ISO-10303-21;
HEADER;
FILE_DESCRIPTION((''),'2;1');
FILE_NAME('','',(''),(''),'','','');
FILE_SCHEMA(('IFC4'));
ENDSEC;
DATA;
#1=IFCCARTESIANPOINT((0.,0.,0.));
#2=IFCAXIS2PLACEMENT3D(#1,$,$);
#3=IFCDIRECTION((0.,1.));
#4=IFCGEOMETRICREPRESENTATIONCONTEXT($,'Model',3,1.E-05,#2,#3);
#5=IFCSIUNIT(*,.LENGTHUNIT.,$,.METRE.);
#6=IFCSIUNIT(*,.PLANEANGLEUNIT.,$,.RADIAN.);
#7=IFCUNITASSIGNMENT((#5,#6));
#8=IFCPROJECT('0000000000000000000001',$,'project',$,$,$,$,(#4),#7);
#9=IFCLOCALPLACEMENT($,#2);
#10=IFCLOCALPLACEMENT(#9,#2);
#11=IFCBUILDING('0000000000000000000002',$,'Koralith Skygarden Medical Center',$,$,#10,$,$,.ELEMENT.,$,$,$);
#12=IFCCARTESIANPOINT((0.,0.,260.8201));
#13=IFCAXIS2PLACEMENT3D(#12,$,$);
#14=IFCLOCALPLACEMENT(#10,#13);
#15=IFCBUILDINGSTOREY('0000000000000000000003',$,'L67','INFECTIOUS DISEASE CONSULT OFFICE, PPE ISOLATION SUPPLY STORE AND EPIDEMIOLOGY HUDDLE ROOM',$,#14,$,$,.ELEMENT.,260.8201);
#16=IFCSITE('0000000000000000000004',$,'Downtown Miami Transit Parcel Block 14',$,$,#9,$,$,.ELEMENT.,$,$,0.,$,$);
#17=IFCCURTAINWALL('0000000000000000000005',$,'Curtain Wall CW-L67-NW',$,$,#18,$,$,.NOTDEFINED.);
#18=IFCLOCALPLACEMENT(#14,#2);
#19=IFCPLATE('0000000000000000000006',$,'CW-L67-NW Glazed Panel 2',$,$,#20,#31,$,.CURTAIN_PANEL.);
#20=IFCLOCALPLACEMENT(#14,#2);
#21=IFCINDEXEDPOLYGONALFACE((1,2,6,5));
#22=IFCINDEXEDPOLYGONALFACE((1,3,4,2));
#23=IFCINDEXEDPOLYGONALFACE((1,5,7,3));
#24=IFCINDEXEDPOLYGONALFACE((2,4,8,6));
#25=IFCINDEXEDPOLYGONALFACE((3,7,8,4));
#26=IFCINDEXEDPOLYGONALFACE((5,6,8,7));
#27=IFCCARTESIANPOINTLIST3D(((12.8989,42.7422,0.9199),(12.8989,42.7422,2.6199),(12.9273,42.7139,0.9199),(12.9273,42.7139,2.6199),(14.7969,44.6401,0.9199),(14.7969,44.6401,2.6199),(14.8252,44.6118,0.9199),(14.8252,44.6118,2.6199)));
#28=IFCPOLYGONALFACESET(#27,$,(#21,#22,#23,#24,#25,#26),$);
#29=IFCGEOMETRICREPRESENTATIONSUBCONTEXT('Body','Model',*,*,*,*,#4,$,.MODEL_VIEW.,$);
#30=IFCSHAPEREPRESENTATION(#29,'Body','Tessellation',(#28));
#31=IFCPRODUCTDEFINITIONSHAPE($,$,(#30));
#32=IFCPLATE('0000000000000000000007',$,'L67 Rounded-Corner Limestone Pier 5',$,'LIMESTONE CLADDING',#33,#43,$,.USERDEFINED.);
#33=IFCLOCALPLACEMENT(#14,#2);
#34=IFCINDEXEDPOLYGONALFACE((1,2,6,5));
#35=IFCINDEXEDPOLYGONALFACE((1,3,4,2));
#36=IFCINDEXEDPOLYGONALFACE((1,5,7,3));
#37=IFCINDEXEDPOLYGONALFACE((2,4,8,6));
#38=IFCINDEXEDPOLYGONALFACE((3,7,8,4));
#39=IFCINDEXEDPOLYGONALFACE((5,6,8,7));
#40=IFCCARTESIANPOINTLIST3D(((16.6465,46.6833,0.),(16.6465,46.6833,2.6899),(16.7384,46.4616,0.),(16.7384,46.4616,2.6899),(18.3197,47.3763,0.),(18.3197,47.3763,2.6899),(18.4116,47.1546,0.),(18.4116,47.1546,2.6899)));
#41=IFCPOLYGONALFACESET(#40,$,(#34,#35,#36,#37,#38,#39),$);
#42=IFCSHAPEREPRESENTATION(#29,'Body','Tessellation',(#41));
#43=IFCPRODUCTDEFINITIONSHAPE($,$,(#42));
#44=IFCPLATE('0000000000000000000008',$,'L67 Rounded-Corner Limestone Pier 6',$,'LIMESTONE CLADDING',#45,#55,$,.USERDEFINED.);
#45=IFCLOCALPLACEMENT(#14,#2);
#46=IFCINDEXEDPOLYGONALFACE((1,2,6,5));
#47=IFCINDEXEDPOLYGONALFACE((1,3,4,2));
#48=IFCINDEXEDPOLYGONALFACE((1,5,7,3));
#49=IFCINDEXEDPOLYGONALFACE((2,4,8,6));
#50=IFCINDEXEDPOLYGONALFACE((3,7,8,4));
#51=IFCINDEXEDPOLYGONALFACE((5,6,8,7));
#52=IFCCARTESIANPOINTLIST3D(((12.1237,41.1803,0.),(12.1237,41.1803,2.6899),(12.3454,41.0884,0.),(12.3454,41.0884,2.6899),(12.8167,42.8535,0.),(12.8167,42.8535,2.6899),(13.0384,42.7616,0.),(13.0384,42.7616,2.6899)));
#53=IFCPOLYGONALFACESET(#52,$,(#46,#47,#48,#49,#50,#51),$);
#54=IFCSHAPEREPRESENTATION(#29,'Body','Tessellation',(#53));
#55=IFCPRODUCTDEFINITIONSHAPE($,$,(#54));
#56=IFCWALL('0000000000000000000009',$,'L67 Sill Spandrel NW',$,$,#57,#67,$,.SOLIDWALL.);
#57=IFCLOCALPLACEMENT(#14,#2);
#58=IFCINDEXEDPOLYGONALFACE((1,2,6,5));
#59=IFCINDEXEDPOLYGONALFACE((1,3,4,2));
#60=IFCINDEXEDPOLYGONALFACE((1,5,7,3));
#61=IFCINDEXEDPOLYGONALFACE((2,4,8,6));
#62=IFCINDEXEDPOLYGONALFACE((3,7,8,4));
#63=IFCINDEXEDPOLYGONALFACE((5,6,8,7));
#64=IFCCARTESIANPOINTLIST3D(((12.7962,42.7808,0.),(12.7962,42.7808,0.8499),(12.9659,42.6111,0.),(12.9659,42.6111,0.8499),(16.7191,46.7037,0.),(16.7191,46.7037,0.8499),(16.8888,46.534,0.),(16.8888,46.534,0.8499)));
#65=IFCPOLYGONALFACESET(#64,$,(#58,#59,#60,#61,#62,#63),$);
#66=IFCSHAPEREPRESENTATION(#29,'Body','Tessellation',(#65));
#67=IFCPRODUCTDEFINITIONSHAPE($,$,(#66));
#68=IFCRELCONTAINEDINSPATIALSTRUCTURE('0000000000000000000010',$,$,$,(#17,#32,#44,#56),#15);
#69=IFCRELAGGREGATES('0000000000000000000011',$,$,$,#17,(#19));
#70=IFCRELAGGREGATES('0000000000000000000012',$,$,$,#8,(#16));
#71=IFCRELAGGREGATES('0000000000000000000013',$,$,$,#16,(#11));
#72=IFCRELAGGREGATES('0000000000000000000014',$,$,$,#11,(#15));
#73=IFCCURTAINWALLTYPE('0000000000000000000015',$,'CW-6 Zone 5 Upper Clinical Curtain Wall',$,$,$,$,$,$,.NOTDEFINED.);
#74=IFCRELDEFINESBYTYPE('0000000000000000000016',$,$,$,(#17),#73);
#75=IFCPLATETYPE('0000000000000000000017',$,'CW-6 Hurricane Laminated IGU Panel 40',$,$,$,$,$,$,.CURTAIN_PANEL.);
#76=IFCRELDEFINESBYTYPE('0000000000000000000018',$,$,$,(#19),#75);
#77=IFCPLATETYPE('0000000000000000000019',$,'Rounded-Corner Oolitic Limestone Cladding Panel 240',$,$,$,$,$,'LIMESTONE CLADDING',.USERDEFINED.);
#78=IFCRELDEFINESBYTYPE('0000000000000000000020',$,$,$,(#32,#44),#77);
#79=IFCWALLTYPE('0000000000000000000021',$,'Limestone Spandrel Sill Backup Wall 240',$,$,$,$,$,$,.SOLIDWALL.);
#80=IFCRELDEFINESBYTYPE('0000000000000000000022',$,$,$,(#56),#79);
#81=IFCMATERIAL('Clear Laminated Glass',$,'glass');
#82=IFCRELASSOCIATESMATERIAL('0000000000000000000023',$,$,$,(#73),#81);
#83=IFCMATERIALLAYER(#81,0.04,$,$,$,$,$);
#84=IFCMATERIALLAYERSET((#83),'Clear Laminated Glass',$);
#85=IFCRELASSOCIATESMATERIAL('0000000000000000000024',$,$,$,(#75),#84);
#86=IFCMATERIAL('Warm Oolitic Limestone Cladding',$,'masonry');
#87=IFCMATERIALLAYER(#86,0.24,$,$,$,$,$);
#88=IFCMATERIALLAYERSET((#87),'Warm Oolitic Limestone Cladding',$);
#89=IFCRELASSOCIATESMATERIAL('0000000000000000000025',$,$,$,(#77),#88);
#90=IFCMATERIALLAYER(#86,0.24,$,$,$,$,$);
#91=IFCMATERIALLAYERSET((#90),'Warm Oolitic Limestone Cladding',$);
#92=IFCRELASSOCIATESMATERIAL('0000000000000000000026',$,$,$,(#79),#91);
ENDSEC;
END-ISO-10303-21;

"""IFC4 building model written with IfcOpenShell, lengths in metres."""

from ifc_helpers import new_model, si_unit, direction, frame, frame_2d, origin, origin_2d, place, context, subcontext, project, spatial, rectangle, extrude, material, layer, layer_set, type_object, element, aggregate, save


model = new_model("IFC4")

# Units and contexts
model_context = context("Model", 3, precision=1e-05, world=origin(), true_north=direction((0.0, 1.0)))
body_context = subcontext(model_context, "Body", "Model", "MODEL_VIEW")
ifc_project = project(units=[si_unit("LENGTHUNIT", "METRE"), si_unit("PLANEANGLEUNIT", "RADIAN")], contexts=[model_context])

# Site, building, storey
site_placement = place(None, origin())
site = spatial("IfcSite", under=ifc_project, at=site_placement, Name="Downtown Miami Transit Parcel Block 14", CompositionType="ELEMENT", RefElevation=0.0)
building_placement = place(site_placement, origin())
building = spatial("IfcBuilding", under=site, at=building_placement, Name="Koralith Skygarden Medical Center", CompositionType="ELEMENT")
storey_placement = place(building_placement, frame((0.0, 0.0, 260.8201)))
storey = spatial("IfcBuildingStorey", under=building, at=storey_placement, Name="L67", Description="INFECTIOUS DISEASE CONSULT OFFICE, PPE ISOLATION SUPPLY STORE AND EPIDEMIOLOGY HUDDLE ROOM", CompositionType="ELEMENT", Elevation=260.8201)

# Curtain wall
ifc_material_1 = material(Name="Clear Laminated Glass", Category="glass")
curtain_wall_type = type_object("IfcCurtainWallType", Name="CW-6 Zone 5 Upper Clinical Curtain Wall", PredefinedType="NOTDEFINED", material=ifc_material_1)
curtain_wall_1_placement = place(storey_placement, origin())
curtain_wall_1 = element("IfcCurtainWall", 1, at=curtain_wall_1_placement, inside=storey, type_object=curtain_wall_type, Name="Curtain Wall CW-L67-NW", PredefinedType="NOTDEFINED")

# Plate
ifc_layer_1 = layer(ifc_material_1, 0.04)
ifc_layer_set_1 = layer_set([ifc_layer_1], Name="Clear Laminated Glass")
plate_type_1 = type_object("IfcPlateType", Name="CW-6 Hurricane Laminated IGU Panel 40", PredefinedType="CURTAIN_PANEL", material=ifc_layer_set_1)
plate_1_placement = place(storey_placement, frame((13.8621, 43.677, 0.9199), z_axis=(0.0, 0.0, 1.0), x_axis=(-0.707107, -0.707107, 0.0)))
plate_1 = element("IfcPlate", 2, at=plate_1_placement, type_object=plate_type_1, Name="CW-L67-NW Glazed Panel 2", PredefinedType="CURTAIN_PANEL", context=body_context, shape_type="SweptSolid", body=[
    extrude(rectangle(XDim=2.6841, YDim=0.04, at=origin_2d()), origin(), (0.0, 0.0, 1.0), 1.7),
])
aggregate(curtain_wall_1, [plate_1])

# Plates
ifc_material_2 = material(Name="Warm Oolitic Limestone Cladding", Category="masonry")
ifc_layer_2 = layer(ifc_material_2, 0.24)
ifc_layer_set_2 = layer_set([ifc_layer_2], Name="Warm Oolitic Limestone Cladding")
plate_type_2 = type_object("IfcPlateType", Name="Rounded-Corner Oolitic Limestone Cladding Panel 240", ElementType="LIMESTONE CLADDING", PredefinedType="USERDEFINED", material=ifc_layer_set_2)
for number, where, z_axis, x_axis, name in (
    (3, (17.5291, 46.9189, 0.0), (0.0, 0.0, 1.0), (-0.923885, -0.382671, 0.0), "L67 Rounded-Corner Limestone Pier 5"),
    (4, (12.5811, 41.9709, 0.0), (0.0, 0.0, 1.0), (-0.382671, -0.923885, 0.0), "L67 Rounded-Corner Limestone Pier 6"),
):
    element("IfcPlate", number, at=place(storey_placement, frame(where, z_axis=z_axis, x_axis=x_axis)), inside=storey, type_object=plate_type_2, Name=name, ObjectType="LIMESTONE CLADDING", PredefinedType="USERDEFINED", context=body_context, shape_type="SweptSolid", body=[
        extrude(rectangle(XDim=1.811, YDim=0.24, at=origin_2d()), origin(), (0.0, 0.0, 1.0), 2.6899),
    ])

# Wall
ifc_layer_3 = layer(ifc_material_2, 0.24)
ifc_layer_set_3 = layer_set([ifc_layer_3], Name="Warm Oolitic Limestone Cladding")
wall_type = type_object("IfcWallType", Name="Limestone Spandrel Sill Backup Wall 240", PredefinedType="SOLIDWALL", material=ifc_layer_set_3)
wall_placement = place(storey_placement, frame((16.804, 46.6189, 0.0), z_axis=(0.0, 0.0, 1.0), x_axis=(-0.707107, -0.707107, 0.0)))
element("IfcWall", 5, at=wall_placement, inside=storey, type_object=wall_type, Name="L67 Sill Spandrel NW", PredefinedType="SOLIDWALL", context=body_context, shape_type="SweptSolid", body=[
    extrude(rectangle(XDim=5.5479, YDim=0.24, at=frame_2d((2.7739, 0.0))), origin(), (0.0, 0.0, 1.0), 0.8499),
])

save(model, "model.ifc")
